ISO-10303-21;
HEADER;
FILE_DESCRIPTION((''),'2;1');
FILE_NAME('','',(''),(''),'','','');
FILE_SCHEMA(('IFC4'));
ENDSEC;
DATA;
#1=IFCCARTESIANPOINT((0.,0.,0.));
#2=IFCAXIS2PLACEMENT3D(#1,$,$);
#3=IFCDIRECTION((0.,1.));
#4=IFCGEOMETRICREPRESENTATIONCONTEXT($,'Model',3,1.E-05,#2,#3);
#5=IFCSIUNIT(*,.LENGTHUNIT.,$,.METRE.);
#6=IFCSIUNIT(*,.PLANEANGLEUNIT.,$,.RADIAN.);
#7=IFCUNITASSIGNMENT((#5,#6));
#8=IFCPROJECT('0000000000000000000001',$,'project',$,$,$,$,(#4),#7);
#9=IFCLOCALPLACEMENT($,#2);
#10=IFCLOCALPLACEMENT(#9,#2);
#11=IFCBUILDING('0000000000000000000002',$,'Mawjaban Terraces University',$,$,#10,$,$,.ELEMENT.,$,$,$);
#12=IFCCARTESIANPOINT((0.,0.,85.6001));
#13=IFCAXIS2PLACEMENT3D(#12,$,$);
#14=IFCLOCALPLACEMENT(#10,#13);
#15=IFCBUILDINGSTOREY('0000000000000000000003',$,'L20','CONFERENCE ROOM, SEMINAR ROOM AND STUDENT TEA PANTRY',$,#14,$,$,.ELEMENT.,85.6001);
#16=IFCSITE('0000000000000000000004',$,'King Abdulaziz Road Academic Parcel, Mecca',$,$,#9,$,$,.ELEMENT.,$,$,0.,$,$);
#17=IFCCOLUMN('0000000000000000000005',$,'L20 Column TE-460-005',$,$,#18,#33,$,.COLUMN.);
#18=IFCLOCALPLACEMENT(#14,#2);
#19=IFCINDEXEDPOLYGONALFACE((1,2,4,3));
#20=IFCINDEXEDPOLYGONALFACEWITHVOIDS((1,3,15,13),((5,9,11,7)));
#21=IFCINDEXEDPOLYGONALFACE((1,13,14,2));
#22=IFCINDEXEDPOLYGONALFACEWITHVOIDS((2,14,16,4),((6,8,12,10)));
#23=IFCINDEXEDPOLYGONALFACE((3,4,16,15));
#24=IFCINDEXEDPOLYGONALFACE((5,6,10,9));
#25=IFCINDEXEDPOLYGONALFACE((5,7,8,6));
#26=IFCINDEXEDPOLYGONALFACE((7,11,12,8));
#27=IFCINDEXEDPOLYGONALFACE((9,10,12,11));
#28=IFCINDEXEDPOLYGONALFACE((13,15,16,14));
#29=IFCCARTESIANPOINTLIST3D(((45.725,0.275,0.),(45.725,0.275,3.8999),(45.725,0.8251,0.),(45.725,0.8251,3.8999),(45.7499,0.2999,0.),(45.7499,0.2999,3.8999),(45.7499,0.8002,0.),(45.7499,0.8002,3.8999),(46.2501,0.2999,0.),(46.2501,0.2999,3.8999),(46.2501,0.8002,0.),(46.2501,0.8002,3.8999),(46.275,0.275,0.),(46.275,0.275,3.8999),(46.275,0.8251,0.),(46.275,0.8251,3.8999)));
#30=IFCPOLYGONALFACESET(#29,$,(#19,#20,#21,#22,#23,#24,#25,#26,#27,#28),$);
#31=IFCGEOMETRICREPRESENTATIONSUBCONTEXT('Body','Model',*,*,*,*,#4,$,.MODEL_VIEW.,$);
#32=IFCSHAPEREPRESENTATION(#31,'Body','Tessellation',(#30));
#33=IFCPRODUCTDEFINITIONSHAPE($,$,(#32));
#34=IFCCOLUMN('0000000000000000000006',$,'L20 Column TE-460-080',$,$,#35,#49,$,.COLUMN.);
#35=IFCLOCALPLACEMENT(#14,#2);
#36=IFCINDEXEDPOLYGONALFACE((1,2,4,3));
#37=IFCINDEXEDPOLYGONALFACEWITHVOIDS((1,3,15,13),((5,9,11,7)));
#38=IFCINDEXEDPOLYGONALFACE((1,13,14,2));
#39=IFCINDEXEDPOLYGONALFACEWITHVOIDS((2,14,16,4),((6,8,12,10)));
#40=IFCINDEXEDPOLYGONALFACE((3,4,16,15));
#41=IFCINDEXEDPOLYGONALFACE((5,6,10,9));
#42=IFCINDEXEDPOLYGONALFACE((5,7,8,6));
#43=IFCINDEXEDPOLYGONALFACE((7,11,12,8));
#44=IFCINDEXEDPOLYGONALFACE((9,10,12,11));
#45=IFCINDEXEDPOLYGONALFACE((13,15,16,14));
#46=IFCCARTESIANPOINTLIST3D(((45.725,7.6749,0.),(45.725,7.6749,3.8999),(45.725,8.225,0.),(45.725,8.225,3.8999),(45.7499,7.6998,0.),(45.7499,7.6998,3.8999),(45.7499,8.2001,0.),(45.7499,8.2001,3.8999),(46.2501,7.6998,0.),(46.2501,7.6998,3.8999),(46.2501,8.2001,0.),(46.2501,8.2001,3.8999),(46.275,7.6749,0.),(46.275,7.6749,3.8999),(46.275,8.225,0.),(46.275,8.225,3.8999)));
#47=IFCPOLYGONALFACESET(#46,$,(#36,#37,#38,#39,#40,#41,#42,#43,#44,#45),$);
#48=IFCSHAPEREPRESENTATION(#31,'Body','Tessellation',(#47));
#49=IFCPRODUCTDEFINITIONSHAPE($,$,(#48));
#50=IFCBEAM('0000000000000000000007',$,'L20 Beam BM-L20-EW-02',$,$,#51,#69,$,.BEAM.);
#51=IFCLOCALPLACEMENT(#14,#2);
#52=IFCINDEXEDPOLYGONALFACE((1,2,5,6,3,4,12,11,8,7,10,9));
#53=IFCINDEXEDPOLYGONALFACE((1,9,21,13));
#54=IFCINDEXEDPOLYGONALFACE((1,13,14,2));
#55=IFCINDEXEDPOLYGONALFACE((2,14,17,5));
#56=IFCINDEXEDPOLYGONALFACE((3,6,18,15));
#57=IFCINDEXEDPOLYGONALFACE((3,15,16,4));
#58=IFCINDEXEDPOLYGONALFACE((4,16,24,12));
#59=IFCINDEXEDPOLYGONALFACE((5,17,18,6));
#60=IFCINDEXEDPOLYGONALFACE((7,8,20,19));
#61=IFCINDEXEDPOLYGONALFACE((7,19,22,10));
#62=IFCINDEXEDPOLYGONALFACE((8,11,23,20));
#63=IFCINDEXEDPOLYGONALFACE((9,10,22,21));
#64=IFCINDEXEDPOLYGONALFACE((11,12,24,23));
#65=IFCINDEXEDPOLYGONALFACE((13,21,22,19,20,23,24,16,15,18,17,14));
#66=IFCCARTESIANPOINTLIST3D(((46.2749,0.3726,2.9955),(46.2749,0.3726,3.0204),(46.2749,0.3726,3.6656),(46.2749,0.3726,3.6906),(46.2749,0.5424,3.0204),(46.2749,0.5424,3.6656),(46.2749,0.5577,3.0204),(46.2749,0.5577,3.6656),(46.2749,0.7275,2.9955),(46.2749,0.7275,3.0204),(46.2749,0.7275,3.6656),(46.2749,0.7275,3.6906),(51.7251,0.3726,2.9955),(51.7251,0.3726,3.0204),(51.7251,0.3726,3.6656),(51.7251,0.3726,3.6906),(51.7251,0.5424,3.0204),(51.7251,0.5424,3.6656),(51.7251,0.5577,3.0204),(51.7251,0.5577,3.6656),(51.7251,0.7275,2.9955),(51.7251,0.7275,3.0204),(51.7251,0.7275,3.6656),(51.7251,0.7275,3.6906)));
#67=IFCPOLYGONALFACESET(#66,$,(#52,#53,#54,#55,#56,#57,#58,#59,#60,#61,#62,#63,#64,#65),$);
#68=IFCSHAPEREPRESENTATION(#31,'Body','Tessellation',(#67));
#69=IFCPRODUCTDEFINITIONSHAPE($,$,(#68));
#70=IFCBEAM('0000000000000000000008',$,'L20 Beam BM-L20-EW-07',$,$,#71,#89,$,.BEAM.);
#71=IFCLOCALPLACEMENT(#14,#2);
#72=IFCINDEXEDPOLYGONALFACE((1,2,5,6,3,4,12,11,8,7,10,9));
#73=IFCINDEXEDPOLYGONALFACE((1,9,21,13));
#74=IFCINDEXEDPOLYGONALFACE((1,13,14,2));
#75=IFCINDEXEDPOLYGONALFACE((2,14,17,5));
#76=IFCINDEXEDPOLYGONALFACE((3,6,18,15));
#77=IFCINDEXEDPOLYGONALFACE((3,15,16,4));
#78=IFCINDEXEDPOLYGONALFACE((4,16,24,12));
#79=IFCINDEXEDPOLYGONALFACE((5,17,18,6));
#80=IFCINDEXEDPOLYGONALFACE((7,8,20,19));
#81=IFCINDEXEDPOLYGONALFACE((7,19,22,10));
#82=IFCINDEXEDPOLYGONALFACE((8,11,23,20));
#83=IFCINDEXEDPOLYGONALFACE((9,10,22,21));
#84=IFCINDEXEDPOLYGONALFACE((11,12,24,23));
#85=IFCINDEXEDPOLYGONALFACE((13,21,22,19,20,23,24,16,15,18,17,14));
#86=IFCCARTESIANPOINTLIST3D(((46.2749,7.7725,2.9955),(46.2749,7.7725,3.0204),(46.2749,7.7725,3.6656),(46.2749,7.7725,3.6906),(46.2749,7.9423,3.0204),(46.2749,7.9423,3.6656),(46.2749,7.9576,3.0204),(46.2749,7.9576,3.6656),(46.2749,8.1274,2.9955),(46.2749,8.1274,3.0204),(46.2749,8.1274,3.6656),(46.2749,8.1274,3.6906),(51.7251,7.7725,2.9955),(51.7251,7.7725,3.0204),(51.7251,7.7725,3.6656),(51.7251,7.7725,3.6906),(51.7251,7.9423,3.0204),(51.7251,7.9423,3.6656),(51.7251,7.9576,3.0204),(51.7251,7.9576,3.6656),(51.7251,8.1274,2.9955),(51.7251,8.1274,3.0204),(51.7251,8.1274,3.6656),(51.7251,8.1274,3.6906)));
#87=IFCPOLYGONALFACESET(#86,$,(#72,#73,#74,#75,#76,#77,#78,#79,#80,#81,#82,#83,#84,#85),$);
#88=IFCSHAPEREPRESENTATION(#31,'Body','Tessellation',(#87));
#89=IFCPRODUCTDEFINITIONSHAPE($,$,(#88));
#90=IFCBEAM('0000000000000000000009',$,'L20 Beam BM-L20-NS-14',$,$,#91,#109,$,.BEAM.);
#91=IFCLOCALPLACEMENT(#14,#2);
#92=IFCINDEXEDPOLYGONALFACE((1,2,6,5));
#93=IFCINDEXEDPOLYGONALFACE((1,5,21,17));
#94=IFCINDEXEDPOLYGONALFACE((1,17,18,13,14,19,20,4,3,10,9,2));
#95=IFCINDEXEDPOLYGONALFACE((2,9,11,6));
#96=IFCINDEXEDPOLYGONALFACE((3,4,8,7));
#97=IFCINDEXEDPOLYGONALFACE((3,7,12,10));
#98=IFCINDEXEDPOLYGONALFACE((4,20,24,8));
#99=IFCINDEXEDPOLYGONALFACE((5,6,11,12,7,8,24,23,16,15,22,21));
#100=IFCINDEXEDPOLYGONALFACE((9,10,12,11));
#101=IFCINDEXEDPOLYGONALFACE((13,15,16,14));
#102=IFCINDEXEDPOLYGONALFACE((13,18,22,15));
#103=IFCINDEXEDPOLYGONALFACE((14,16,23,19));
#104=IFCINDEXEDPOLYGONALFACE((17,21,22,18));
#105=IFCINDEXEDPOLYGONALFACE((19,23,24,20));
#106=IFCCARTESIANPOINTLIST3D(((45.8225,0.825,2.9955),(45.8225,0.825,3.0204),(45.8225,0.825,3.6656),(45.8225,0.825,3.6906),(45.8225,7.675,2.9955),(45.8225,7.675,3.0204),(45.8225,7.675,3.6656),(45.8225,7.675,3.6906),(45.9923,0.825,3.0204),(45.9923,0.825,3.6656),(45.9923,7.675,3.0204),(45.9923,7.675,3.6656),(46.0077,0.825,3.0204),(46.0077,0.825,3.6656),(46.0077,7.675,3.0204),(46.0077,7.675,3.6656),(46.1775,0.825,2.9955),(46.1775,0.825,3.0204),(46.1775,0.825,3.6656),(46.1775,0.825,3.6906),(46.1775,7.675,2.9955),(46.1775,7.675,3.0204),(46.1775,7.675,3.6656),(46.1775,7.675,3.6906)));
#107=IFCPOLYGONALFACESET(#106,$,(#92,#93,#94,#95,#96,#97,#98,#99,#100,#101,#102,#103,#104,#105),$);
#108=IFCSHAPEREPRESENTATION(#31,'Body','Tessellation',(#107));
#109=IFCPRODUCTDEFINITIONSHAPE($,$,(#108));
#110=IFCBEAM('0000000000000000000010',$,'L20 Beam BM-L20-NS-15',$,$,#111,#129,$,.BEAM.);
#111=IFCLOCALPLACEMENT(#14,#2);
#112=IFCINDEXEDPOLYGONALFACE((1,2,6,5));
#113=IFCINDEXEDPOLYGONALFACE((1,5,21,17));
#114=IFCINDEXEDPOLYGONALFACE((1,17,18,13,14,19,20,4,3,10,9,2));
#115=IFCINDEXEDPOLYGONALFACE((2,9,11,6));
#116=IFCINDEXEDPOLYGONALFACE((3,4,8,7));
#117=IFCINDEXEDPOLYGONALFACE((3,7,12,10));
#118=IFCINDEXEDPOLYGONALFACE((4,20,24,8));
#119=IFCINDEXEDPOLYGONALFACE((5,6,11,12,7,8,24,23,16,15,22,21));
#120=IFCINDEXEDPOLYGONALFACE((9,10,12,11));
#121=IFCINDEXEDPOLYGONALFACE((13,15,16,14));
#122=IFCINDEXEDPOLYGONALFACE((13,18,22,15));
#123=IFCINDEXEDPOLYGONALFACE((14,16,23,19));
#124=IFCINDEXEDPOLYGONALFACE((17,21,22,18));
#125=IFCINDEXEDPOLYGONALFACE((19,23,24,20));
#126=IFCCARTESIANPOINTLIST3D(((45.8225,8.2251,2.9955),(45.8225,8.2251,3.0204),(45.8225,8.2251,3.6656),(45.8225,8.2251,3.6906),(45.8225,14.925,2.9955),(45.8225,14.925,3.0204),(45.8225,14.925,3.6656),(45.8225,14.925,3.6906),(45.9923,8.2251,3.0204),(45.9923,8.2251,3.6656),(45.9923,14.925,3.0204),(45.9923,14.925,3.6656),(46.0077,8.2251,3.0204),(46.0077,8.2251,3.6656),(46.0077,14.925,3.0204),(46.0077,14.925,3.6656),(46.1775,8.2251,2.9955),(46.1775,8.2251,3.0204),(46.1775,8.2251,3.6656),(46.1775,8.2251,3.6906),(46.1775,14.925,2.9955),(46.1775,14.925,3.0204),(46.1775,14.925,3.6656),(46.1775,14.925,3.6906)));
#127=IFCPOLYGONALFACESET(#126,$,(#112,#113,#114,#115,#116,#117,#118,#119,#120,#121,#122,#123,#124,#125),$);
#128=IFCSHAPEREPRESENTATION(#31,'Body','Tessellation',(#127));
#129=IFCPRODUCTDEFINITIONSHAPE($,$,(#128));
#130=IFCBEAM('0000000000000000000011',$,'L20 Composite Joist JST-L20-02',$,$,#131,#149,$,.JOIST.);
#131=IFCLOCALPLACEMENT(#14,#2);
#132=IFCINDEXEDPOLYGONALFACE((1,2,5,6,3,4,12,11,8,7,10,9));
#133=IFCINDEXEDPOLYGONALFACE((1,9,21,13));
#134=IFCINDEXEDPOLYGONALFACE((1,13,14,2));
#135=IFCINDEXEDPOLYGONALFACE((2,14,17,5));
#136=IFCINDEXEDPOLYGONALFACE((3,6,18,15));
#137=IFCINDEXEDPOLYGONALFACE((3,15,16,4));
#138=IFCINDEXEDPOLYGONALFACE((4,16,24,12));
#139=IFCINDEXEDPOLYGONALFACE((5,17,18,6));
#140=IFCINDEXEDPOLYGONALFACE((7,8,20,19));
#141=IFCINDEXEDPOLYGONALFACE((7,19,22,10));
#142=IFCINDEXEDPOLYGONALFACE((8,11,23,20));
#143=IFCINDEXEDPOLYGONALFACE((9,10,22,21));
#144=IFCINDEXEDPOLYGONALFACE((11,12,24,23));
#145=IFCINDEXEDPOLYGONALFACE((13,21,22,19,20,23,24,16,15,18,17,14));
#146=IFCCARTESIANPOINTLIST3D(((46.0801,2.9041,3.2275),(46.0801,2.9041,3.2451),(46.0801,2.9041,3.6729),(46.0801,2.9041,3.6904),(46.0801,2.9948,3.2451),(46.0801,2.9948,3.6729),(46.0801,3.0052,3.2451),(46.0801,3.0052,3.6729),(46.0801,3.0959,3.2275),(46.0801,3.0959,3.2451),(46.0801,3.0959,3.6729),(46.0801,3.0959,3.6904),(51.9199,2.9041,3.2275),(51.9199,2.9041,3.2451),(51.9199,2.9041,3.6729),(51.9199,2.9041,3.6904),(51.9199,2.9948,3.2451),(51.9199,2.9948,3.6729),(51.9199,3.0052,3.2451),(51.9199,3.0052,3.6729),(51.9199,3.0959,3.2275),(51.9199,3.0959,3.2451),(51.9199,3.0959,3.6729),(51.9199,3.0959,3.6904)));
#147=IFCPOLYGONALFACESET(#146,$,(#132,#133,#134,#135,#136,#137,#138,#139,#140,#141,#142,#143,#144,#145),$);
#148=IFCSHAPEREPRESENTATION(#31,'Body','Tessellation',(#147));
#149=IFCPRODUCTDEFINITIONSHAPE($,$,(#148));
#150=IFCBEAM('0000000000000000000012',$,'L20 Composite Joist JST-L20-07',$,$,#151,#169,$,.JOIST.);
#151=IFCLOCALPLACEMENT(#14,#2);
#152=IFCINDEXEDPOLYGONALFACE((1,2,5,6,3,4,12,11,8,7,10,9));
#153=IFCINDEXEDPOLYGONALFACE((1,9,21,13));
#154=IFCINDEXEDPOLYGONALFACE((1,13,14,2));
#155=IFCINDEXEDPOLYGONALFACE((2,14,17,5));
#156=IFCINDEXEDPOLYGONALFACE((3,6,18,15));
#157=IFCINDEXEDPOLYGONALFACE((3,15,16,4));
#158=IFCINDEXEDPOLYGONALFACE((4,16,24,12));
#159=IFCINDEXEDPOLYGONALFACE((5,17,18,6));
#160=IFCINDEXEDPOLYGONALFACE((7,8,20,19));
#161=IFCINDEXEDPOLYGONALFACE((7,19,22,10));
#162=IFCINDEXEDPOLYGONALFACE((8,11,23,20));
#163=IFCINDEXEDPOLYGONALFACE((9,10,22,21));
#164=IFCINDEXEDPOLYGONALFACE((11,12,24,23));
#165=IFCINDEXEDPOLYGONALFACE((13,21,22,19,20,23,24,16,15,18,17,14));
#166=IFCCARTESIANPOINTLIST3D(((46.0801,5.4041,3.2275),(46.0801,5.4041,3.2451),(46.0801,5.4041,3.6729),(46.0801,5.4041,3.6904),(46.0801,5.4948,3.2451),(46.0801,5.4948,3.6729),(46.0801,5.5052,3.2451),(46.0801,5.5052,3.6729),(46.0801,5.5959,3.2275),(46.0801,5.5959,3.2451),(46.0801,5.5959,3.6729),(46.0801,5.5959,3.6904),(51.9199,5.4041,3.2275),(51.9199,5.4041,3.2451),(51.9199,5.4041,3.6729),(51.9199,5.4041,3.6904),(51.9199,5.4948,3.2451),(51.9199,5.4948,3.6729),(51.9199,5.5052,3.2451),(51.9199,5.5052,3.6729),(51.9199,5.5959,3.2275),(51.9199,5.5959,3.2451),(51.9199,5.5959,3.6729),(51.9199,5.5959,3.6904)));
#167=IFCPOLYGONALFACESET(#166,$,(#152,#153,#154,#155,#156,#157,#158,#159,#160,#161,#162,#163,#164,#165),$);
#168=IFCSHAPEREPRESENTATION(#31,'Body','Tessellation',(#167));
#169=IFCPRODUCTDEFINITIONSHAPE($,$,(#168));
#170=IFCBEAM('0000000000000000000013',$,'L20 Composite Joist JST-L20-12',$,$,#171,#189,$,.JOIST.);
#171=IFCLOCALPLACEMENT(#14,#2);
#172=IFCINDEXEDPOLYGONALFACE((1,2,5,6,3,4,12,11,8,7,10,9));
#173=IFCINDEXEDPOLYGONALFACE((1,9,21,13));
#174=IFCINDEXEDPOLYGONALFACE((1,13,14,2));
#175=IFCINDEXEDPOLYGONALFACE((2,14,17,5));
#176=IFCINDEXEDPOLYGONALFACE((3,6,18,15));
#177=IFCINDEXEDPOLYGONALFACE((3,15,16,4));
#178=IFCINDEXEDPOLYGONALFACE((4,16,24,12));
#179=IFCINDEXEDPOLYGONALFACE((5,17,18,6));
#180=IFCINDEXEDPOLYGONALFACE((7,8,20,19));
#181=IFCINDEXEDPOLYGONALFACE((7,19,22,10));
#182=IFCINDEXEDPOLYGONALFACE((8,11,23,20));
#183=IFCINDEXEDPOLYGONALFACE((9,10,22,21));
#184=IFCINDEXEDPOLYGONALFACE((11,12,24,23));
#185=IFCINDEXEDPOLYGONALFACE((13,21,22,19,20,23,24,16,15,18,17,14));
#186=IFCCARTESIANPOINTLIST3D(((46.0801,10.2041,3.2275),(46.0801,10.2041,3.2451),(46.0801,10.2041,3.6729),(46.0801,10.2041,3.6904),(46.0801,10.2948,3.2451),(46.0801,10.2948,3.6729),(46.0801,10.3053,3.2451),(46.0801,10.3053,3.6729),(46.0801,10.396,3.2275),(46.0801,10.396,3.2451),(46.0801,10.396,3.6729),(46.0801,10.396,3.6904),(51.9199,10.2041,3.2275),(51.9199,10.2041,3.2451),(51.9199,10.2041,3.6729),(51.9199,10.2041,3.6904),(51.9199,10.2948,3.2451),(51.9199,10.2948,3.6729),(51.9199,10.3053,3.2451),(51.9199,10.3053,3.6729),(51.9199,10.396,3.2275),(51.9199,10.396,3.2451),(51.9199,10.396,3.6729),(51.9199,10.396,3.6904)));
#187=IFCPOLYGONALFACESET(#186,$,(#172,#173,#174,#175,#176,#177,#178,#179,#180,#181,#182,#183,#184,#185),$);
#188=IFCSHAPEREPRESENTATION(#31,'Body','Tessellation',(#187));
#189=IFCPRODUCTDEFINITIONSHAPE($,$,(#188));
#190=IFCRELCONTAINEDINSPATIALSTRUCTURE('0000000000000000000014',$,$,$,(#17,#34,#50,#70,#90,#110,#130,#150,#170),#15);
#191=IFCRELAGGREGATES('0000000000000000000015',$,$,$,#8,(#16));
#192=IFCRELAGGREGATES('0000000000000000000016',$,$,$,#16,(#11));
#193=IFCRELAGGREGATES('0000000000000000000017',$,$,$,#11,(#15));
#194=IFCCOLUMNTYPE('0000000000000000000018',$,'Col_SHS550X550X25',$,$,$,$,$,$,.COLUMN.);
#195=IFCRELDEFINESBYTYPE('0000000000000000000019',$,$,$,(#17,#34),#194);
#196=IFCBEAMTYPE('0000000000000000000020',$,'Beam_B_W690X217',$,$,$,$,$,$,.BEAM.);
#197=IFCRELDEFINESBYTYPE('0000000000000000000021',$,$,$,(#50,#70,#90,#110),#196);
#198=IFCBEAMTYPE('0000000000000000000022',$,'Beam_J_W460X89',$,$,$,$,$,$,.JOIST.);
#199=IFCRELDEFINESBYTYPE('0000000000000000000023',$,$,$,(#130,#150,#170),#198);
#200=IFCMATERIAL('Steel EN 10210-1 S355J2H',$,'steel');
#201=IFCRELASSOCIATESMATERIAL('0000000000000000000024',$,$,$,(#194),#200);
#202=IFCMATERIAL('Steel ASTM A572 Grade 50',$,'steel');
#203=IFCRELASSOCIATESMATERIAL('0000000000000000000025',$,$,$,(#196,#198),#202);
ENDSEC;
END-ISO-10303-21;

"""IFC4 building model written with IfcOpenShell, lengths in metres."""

from ifc_helpers import new_model, si_unit, direction, frame, origin, origin_2d, place, context, subcontext, project, spatial, hollow_rectangle, i_section, extrude, material, material_profile, profile_set, type_object, element, save


model = new_model("IFC4")

# Units and contexts
model_context = context("Model", 3, precision=1e-05, world=origin(), true_north=direction((0.0, 1.0)))
body_context = subcontext(model_context, "Body", "Model", "MODEL_VIEW")
ifc_project = project(units=[si_unit("LENGTHUNIT", "METRE"), si_unit("PLANEANGLEUNIT", "RADIAN")], contexts=[model_context])

# Site, building, storey
site_placement = place(None, origin())
site = spatial("IfcSite", under=ifc_project, at=site_placement, Name="King Abdulaziz Road Academic Parcel, Mecca", CompositionType="ELEMENT", RefElevation=0.0)
building_placement = place(site_placement, origin())
building = spatial("IfcBuilding", under=site, at=building_placement, Name="Mawjaban Terraces University", CompositionType="ELEMENT")
storey_placement = place(building_placement, frame((0.0, 0.0, 85.6001)))
storey = spatial("IfcBuildingStorey", under=building, at=storey_placement, Name="L20", Description="CONFERENCE ROOM, SEMINAR ROOM AND STUDENT TEA PANTRY", CompositionType="ELEMENT", Elevation=85.6001)

# Columns
ifc_material_1 = material(Name="Steel EN 10210-1 S355J2H", Category="steel")
ifc_material_profile_1 = material_profile(ifc_material_1, hollow_rectangle(XDim=0.55, YDim=0.55, WallThickness=0.0249, at=origin_2d()), Name="SHS550X550X25")
ifc_profile_set_1 = profile_set([ifc_material_profile_1], Name="Steel EN 10210-1 S355J2H")
column_type = type_object("IfcColumnType", Name="Col_SHS550X550X25", PredefinedType="COLUMN", material=ifc_profile_set_1)
for number, where, z_axis, x_axis, name in (
    (1, (46.0, 0.55, 0.0), (0.0, 0.0, 1.0), (1.0, 0.0, 0.0), "L20 Column TE-460-005"),
    (2, (46.0, 7.95, 0.0), (0.0, 0.0, 1.0), (1.0, 0.0, 0.0), "L20 Column TE-460-080"),
):
    element("IfcColumn", number, at=place(storey_placement, frame(where, z_axis=z_axis, x_axis=x_axis)), inside=storey, type_object=column_type, Name=name, PredefinedType="COLUMN", context=body_context, shape_type="SweptSolid", body=[
        extrude(hollow_rectangle(XDim=0.55, YDim=0.55, WallThickness=0.0249, at=origin_2d()), origin(), (0.0, 0.0, 1.0), 3.8999),
    ])

# Beams
ifc_material_2 = material(Name="Steel ASTM A572 Grade 50", Category="steel")
ifc_material_profile_2 = material_profile(ifc_material_2, i_section(OverallWidth=0.355, OverallDepth=0.6951, WebThickness=0.0154, FlangeThickness=0.0249, at=origin_2d()), Name="W690X217")
ifc_profile_set_2 = profile_set([ifc_material_profile_2], Name="Steel ASTM A572 Grade 50")
beam_type_1 = type_object("IfcBeamType", Name="Beam_B_W690X217", PredefinedType="BEAM", material=ifc_profile_set_2)
for number, where, z_axis, x_axis, name in (
    (3, (46.2749, 0.55, 3.343), (1.0, 0.0, 0.0), (0.0, 1.0, 0.0), "L20 Beam BM-L20-EW-02"),
    (4, (46.2749, 7.95, 3.343), (1.0, 0.0, 0.0), (0.0, 1.0, 0.0), "L20 Beam BM-L20-EW-07"),
):
    element("IfcBeam", number, at=place(storey_placement, frame(where, z_axis=z_axis, x_axis=x_axis)), inside=storey, type_object=beam_type_1, Name=name, PredefinedType="BEAM", context=body_context, shape_type="SweptSolid", body=[
        extrude(i_section(OverallWidth=0.355, OverallDepth=0.6951, WebThickness=0.0154, FlangeThickness=0.0249, at=origin_2d()), origin(), (0.0, 0.0, 1.0), 5.4502),
    ])
beam_1_placement = place(storey_placement, frame((46.0, 0.825, 3.343), z_axis=(0.0, 1.0, 0.0), x_axis=(-1.0, 0.0, 0.0)))
element("IfcBeam", 5, at=beam_1_placement, inside=storey, type_object=beam_type_1, Name="L20 Beam BM-L20-NS-14", PredefinedType="BEAM", context=body_context, shape_type="SweptSolid", body=[
    extrude(i_section(OverallWidth=0.355, OverallDepth=0.6951, WebThickness=0.0154, FlangeThickness=0.0249, at=origin_2d()), origin(), (0.0, 0.0, 1.0), 6.8501),
])
beam_2_placement = place(storey_placement, frame((46.0, 8.2251, 3.343), z_axis=(0.0, 1.0, 0.0), x_axis=(-1.0, 0.0, 0.0)))
element("IfcBeam", 6, at=beam_2_placement, inside=storey, type_object=beam_type_1, Name="L20 Beam BM-L20-NS-15", PredefinedType="BEAM", context=body_context, shape_type="SweptSolid", body=[
    extrude(i_section(OverallWidth=0.355, OverallDepth=0.6951, WebThickness=0.0154, FlangeThickness=0.0249, at=origin_2d()), origin(), (0.0, 0.0, 1.0), 6.7),
])
ifc_material_profile_3 = material_profile(ifc_material_2, i_section(OverallWidth=0.1919, OverallDepth=0.4629, WebThickness=0.0105, FlangeThickness=0.0176, at=origin_2d()), Name="W460X89")
ifc_profile_set_3 = profile_set([ifc_material_profile_3], Name="Steel ASTM A572 Grade 50")
beam_type_2 = type_object("IfcBeamType", Name="Beam_J_W460X89", PredefinedType="JOIST", material=ifc_profile_set_3)
for number, where, z_axis, x_axis, name in (
    (7, (46.0801, 3.0, 3.459), (1.0, 0.0, 0.0), (0.0, 1.0, 0.0), "L20 Composite Joist JST-L20-02"),
    (8, (46.0801, 5.5, 3.459), (1.0, 0.0, 0.0), (0.0, 1.0, 0.0), "L20 Composite Joist JST-L20-07"),
    (9, (46.0801, 10.3, 3.459), (1.0, 0.0, 0.0), (0.0, 1.0, 0.0), "L20 Composite Joist JST-L20-12"),
):
    element("IfcBeam", number, at=place(storey_placement, frame(where, z_axis=z_axis, x_axis=x_axis)), inside=storey, type_object=beam_type_2, Name=name, PredefinedType="JOIST", context=body_context, shape_type="SweptSolid", body=[
        extrude(i_section(OverallWidth=0.1919, OverallDepth=0.4629, WebThickness=0.0105, FlangeThickness=0.0176, at=origin_2d()), origin(), (0.0, 0.0, 1.0), 5.8398),
    ])

save(model, "model.ifc")
